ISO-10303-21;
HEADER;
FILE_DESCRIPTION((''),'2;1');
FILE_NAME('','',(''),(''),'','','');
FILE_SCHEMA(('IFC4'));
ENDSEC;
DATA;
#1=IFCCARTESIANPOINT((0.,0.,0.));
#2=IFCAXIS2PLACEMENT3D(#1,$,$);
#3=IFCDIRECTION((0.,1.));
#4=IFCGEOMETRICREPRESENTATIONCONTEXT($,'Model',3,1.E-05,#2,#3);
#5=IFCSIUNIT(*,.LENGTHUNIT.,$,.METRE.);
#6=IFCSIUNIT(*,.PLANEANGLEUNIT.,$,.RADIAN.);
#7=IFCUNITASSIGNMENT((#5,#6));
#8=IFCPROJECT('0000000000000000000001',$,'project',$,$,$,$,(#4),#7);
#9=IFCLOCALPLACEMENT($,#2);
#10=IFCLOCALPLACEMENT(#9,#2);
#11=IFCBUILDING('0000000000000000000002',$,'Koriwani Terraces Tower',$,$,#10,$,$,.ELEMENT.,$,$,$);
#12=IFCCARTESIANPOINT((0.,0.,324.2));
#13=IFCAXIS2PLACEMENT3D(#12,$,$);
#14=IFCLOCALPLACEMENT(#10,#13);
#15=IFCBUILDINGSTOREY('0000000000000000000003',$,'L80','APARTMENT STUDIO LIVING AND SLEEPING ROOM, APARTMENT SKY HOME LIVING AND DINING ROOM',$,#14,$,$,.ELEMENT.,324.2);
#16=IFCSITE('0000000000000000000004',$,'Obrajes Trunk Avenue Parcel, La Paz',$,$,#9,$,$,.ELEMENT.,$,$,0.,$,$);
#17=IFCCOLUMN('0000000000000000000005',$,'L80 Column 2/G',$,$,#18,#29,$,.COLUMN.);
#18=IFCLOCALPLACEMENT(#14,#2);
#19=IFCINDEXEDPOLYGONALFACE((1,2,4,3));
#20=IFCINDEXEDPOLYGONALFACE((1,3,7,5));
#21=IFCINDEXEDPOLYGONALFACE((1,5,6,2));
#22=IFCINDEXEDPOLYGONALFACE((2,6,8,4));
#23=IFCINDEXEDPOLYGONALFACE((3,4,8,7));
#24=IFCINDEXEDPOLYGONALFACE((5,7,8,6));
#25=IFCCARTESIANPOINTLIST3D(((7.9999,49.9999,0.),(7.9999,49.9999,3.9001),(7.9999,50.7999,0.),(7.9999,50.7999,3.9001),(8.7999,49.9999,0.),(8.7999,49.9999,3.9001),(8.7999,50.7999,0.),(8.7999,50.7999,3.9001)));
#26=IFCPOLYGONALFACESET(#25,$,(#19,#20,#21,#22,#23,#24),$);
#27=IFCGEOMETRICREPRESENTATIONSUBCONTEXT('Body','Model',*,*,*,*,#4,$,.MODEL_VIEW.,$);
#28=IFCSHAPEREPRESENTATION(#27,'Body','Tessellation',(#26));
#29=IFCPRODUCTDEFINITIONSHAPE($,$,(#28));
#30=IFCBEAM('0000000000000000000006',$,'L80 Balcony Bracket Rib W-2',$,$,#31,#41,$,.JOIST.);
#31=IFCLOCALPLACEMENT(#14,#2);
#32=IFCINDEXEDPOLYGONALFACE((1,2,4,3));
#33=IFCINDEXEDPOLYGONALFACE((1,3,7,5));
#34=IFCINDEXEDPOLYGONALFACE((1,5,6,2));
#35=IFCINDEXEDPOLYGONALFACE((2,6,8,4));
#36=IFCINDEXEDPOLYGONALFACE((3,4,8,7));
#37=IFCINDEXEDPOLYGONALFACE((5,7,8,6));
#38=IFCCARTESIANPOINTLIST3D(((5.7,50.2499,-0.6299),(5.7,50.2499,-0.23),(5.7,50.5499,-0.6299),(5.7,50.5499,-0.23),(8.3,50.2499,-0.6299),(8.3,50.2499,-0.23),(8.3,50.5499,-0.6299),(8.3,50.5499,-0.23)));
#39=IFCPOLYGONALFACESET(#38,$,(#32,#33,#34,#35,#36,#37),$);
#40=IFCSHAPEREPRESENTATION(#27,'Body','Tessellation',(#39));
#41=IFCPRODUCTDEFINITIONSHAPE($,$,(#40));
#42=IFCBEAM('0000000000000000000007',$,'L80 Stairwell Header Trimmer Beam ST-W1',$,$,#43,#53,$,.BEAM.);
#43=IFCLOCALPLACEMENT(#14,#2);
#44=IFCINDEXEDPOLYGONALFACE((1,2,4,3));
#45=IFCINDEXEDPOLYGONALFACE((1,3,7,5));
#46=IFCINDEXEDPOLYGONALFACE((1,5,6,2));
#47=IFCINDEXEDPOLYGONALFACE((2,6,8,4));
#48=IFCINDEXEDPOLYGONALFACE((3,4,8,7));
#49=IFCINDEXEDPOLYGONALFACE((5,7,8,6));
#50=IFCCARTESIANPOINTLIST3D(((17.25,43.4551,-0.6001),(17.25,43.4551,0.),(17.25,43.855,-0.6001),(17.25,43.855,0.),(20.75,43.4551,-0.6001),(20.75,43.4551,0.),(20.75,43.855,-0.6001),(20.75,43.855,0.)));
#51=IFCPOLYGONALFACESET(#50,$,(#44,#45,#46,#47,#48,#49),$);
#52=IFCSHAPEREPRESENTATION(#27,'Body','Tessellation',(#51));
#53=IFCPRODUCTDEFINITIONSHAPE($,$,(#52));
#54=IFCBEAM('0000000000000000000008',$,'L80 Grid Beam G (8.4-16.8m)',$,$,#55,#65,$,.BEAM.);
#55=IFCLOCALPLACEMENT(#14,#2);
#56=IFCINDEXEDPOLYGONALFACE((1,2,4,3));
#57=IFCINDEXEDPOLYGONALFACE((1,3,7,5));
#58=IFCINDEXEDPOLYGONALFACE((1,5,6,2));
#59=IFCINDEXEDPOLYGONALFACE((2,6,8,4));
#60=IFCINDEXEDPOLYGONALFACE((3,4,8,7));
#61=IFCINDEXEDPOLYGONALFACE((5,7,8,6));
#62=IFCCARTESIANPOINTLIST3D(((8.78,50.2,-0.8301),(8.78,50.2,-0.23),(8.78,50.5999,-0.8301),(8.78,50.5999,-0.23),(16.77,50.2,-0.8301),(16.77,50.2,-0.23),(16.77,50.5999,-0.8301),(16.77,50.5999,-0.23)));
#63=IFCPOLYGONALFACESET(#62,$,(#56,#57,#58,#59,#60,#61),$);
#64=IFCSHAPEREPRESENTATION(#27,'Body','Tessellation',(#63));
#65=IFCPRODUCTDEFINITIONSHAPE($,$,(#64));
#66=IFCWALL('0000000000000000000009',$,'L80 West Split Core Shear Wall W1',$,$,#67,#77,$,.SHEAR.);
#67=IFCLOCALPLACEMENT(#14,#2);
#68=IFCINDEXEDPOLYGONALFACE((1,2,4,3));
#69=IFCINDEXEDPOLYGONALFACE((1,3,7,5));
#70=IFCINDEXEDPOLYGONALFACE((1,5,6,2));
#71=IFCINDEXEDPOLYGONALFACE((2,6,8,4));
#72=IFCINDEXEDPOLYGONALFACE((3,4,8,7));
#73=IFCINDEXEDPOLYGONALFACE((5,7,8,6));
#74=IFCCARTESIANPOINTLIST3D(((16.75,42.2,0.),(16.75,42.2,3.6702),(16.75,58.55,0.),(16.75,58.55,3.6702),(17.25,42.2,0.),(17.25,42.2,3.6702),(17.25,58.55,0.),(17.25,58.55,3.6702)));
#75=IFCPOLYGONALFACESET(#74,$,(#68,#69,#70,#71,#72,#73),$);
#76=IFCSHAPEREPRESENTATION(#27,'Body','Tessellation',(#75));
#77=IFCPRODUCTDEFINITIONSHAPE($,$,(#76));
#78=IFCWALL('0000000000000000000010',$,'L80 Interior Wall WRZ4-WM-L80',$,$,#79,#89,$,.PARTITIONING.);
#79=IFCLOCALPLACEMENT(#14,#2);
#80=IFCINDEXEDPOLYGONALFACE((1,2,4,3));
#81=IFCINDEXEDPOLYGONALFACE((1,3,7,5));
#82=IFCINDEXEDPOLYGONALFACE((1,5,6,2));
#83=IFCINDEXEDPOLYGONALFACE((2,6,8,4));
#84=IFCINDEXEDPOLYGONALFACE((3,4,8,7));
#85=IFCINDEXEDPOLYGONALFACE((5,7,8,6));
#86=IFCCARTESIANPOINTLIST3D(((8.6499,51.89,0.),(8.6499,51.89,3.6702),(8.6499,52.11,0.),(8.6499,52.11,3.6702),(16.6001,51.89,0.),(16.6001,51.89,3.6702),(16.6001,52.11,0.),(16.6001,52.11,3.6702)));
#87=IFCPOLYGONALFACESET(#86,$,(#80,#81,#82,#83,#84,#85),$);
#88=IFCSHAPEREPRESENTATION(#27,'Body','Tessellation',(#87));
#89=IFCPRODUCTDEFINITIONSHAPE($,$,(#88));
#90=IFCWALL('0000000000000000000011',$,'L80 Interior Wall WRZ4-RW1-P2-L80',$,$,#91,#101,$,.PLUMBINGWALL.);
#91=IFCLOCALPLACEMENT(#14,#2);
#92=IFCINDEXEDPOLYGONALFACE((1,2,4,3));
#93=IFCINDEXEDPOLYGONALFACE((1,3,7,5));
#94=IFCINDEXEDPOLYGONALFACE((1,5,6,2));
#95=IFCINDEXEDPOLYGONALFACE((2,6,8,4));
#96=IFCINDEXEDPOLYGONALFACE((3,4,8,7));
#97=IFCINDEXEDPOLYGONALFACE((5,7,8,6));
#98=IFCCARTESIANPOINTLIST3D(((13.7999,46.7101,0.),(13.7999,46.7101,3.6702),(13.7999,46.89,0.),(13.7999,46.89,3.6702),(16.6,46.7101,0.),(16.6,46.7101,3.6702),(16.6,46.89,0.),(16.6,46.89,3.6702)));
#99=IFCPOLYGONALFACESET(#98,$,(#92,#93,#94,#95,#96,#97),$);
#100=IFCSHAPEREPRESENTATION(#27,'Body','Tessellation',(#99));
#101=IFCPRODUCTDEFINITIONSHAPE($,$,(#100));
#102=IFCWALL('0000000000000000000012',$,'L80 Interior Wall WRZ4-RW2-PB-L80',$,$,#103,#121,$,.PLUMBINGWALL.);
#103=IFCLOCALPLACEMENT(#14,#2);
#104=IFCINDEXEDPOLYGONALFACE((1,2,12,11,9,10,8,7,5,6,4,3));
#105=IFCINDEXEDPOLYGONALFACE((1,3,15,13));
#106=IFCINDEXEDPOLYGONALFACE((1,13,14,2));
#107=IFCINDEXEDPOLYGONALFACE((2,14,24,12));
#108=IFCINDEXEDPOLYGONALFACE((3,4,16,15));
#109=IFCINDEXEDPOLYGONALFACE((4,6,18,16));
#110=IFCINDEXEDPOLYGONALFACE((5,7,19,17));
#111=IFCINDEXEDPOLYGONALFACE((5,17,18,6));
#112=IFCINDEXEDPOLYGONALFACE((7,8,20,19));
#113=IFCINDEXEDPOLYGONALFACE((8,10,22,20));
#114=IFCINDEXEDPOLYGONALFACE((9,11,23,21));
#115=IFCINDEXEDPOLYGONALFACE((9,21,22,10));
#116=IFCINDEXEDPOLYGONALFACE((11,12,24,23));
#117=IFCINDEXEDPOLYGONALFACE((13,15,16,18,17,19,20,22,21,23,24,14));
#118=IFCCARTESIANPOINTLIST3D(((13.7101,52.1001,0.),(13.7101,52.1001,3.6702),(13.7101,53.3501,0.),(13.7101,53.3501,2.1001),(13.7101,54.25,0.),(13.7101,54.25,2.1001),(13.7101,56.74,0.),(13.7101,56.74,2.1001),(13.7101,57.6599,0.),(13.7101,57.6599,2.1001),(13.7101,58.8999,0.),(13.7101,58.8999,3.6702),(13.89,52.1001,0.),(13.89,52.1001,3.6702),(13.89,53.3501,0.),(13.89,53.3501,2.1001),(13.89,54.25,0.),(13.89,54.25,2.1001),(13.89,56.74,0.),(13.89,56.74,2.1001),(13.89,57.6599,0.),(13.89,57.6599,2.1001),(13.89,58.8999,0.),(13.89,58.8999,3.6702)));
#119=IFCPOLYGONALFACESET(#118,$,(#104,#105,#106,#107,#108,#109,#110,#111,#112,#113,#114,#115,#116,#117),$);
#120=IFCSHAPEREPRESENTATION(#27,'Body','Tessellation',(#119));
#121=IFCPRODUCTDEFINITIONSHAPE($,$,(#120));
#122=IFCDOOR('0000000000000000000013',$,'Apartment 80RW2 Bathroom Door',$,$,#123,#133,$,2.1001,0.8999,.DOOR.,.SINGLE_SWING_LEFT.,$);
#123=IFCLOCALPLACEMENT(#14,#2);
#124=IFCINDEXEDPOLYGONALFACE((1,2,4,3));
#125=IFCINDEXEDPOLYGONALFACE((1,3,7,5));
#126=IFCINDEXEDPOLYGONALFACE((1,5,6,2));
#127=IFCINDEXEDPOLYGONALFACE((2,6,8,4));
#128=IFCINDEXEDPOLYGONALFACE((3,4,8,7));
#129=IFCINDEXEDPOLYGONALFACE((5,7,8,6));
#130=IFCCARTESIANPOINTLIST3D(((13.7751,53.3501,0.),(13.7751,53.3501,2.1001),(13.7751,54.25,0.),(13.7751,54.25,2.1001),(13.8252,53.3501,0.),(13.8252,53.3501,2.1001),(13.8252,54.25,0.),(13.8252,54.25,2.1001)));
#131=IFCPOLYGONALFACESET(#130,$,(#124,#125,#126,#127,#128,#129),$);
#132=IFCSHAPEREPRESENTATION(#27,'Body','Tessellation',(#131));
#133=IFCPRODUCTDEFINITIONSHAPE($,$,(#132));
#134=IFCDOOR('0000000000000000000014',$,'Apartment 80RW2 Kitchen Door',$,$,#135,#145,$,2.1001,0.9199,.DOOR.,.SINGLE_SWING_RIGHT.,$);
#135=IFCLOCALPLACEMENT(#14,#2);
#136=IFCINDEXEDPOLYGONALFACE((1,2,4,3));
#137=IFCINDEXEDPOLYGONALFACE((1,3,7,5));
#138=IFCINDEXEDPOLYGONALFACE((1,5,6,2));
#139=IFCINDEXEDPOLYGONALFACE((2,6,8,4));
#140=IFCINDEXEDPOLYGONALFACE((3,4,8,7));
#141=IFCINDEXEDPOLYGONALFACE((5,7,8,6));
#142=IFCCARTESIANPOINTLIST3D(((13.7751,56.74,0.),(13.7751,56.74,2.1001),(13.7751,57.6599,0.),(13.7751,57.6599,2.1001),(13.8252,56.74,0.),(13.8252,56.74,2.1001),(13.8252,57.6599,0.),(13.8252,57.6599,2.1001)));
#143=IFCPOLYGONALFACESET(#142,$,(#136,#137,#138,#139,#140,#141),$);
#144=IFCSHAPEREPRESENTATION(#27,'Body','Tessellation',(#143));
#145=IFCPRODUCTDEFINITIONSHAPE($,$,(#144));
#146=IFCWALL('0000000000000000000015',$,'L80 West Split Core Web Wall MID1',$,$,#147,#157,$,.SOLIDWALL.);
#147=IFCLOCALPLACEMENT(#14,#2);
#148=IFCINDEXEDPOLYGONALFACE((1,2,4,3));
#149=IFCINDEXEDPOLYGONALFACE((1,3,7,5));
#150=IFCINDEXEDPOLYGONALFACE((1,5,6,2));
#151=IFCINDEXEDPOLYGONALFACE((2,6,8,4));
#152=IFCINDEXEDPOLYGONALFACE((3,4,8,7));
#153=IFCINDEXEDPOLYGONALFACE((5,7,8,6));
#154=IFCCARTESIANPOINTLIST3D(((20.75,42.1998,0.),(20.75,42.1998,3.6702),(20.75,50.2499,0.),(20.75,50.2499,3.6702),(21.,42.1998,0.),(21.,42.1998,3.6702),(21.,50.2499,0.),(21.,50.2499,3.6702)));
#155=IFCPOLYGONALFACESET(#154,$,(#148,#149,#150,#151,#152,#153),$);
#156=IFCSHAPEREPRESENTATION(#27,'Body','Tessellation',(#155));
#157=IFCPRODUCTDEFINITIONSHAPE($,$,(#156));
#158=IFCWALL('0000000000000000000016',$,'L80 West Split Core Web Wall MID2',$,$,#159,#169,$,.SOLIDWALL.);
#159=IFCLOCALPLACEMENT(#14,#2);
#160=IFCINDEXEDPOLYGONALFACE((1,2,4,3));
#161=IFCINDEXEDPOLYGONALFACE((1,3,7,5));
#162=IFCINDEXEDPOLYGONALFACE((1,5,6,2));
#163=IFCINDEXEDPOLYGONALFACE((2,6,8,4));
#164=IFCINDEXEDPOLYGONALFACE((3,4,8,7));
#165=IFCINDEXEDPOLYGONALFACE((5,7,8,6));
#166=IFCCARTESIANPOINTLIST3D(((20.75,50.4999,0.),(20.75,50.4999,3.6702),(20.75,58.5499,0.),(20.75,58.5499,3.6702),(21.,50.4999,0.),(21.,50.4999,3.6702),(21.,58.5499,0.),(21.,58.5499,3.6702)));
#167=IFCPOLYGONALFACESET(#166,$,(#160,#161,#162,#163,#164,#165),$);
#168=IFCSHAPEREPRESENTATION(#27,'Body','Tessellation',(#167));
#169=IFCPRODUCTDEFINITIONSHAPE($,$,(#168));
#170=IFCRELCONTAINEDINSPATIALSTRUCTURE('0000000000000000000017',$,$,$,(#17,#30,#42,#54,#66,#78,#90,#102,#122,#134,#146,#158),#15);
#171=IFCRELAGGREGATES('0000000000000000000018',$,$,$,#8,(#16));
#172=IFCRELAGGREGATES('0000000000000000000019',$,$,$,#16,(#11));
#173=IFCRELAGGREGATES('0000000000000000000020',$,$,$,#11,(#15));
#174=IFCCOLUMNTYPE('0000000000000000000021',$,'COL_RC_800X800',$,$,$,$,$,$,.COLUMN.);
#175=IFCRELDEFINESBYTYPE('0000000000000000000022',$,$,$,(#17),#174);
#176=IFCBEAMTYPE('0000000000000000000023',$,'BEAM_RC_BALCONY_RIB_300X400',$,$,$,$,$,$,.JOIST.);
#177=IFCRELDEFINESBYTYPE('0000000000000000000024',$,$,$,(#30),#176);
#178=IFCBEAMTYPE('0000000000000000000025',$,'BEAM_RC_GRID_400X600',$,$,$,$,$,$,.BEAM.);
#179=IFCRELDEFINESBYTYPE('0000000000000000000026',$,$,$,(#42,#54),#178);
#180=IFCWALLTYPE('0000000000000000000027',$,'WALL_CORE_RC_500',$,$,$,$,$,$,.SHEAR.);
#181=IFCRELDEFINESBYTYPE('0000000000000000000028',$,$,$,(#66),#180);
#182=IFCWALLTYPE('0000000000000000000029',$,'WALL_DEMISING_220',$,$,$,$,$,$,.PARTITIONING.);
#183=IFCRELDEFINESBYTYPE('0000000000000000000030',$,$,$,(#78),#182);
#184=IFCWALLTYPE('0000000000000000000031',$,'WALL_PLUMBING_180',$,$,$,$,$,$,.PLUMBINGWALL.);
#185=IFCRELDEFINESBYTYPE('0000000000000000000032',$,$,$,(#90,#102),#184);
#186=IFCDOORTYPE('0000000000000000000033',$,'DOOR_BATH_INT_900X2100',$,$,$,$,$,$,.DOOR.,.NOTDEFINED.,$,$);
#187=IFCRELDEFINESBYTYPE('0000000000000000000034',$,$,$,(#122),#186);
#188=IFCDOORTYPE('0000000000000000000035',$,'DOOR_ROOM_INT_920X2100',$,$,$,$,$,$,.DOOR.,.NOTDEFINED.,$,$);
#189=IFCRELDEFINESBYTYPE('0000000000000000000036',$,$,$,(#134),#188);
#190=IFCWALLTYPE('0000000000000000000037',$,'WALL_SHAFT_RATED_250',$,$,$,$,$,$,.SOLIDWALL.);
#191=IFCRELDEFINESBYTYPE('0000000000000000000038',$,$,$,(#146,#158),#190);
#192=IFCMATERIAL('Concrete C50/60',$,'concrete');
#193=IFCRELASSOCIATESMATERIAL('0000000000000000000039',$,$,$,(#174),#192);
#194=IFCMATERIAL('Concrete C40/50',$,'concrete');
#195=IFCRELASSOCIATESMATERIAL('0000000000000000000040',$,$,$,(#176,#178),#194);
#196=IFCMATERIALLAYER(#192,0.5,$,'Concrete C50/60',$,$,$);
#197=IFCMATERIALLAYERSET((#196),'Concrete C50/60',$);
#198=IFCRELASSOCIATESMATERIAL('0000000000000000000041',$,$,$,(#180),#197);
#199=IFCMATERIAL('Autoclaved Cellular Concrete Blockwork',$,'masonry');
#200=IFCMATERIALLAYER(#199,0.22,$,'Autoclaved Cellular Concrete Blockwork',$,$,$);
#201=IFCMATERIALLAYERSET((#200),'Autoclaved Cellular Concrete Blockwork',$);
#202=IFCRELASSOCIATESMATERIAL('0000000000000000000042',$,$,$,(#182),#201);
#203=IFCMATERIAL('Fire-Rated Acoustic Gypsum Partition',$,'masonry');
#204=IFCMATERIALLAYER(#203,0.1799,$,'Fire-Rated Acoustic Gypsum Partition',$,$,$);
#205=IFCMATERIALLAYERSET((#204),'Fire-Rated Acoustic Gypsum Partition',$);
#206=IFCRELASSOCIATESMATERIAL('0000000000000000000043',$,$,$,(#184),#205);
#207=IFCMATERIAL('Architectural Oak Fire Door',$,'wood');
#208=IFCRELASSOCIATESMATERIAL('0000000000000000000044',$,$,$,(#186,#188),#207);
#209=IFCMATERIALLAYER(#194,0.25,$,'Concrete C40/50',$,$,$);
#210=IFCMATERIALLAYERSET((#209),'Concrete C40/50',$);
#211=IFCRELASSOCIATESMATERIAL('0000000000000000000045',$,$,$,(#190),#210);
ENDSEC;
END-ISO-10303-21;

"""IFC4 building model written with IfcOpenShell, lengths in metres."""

from ifc_helpers import new_model, si_unit, direction, frame, frame_2d, origin, origin_2d, place, context, subcontext, project, spatial, rectangle, extrude, material, layer, layer_set, material_profile, profile_set, type_object, element, fill, save


model = new_model("IFC4")

# Units and contexts
model_context = context("Model", 3, precision=1e-05, world=origin(), true_north=direction((0.0, 1.0)))
body_context = subcontext(model_context, "Body", "Model", "MODEL_VIEW")
ifc_project = project(units=[si_unit("LENGTHUNIT", "METRE"), si_unit("PLANEANGLEUNIT", "RADIAN")], contexts=[model_context])

# Site, building, storey
site_placement = place(None, origin())
site = spatial("IfcSite", under=ifc_project, at=site_placement, Name="Obrajes Trunk Avenue Parcel, La Paz", CompositionType="ELEMENT", RefElevation=0.0)
building_placement = place(site_placement, origin())
building = spatial("IfcBuilding", under=site, at=building_placement, Name="Koriwani Terraces Tower", CompositionType="ELEMENT")
storey_placement = place(building_placement, frame((0.0, 0.0, 324.2)))
storey = spatial("IfcBuildingStorey", under=building, at=storey_placement, Name="L80", Description="APARTMENT STUDIO LIVING AND SLEEPING ROOM, APARTMENT SKY HOME LIVING AND DINING ROOM", CompositionType="ELEMENT", Elevation=324.2)

# Column
ifc_material_1 = material(Name="Concrete C50/60", Category="concrete")
ifc_material_profile_1 = material_profile(ifc_material_1, rectangle(XDim=0.8, YDim=0.8, at=origin_2d()), Name="Concrete C50/60", Category="LoadBearing")
ifc_profile_set_1 = profile_set([ifc_material_profile_1], Name="Concrete C50/60")
column_type = type_object("IfcColumnType", Name="COL_RC_800X800", PredefinedType="COLUMN", material=ifc_profile_set_1)
column_placement = place(storey_placement, frame((8.3999, 50.3999, 0.0), z_axis=(0.0, 0.0, 1.0), x_axis=(1.0, 0.0, 0.0)))
element("IfcColumn", 1, at=column_placement, inside=storey, type_object=column_type, Name="L80 Column 2/G", PredefinedType="COLUMN", context=body_context, shape_type="SweptSolid", body=[
    extrude(rectangle(XDim=0.8, YDim=0.8, at=origin_2d()), origin(), (0.0, 0.0, 1.0), 3.9001),
])

# Beams
ifc_material_2 = material(Name="Concrete C40/50", Category="concrete")
ifc_material_profile_2 = material_profile(ifc_material_2, rectangle(XDim=0.3, YDim=0.3999, at=origin_2d()), Name="Concrete C40/50", Category="LoadBearing")
ifc_profile_set_2 = profile_set([ifc_material_profile_2], Name="Concrete C40/50")
beam_type_1 = type_object("IfcBeamType", Name="BEAM_RC_BALCONY_RIB_300X400", PredefinedType="JOIST", material=ifc_profile_set_2)
beam_1_placement = place(storey_placement, frame((5.7, 50.3999, -0.4299), z_axis=(1.0, 0.0, 0.0), x_axis=(0.0, 1.0, 0.0)))
element("IfcBeam", 2, at=beam_1_placement, inside=storey, type_object=beam_type_1, Name="L80 Balcony Bracket Rib W-2", PredefinedType="JOIST", context=body_context, shape_type="SweptSolid", body=[
    extrude(rectangle(XDim=0.3, YDim=0.3999, at=origin_2d()), origin(), (0.0, 0.0, 1.0), 2.6001),
])
ifc_material_profile_3 = material_profile(ifc_material_2, rectangle(XDim=0.3999, YDim=0.6001, at=origin_2d()), Name="Concrete C40/50", Category="LoadBearing")
ifc_profile_set_3 = profile_set([ifc_material_profile_3], Name="Concrete C40/50")
beam_type_2 = type_object("IfcBeamType", Name="BEAM_RC_GRID_400X600", PredefinedType="BEAM", material=ifc_profile_set_3)
beam_2_placement = place(storey_placement, frame((17.25, 43.655, -0.3), z_axis=(1.0, 0.0, 0.0), x_axis=(0.0, 1.0, 0.0)))
element("IfcBeam", 3, at=beam_2_placement, inside=storey, type_object=beam_type_2, Name="L80 Stairwell Header Trimmer Beam ST-W1", PredefinedType="BEAM", context=body_context, shape_type="SweptSolid", body=[
    extrude(rectangle(XDim=0.3999, YDim=0.6001, at=origin_2d()), origin(), (0.0, 0.0, 1.0), 3.5),
])
beam_3_placement = place(storey_placement, frame((8.78, 50.3999, -0.53), z_axis=(1.0, 0.0, 0.0), x_axis=(0.0, 1.0, 0.0)))
element("IfcBeam", 4, at=beam_3_placement, inside=storey, type_object=beam_type_2, Name="L80 Grid Beam G (8.4-16.8m)", PredefinedType="BEAM", context=body_context, shape_type="SweptSolid", body=[
    extrude(rectangle(XDim=0.3999, YDim=0.6001, at=origin_2d()), origin(), (0.0, 0.0, 1.0), 7.99),
])

# Walls
ifc_layer_1 = layer(ifc_material_1, 0.5, Name="Concrete C50/60")
ifc_layer_set_1 = layer_set([ifc_layer_1], Name="Concrete C50/60")
wall_type_1 = type_object("IfcWallType", Name="WALL_CORE_RC_500", PredefinedType="SHEAR", material=ifc_layer_set_1)
wall_1_placement = place(storey_placement, frame((17.0, 42.2, 0.0), z_axis=(0.0, 0.0, 1.0), x_axis=(0.0, 1.0, 0.0)))
element("IfcWall", 5, at=wall_1_placement, inside=storey, type_object=wall_type_1, Name="L80 West Split Core Shear Wall W1", PredefinedType="SHEAR", context=body_context, shape_type="SweptSolid", body=[
    extrude(rectangle(XDim=16.3501, YDim=0.5, at=frame_2d((8.175, 0.0))), origin(), (0.0, 0.0, 1.0), 3.6702),
])
ifc_material_3 = material(Name="Autoclaved Cellular Concrete Blockwork", Category="masonry")
ifc_layer_2 = layer(ifc_material_3, 0.22, Name="Autoclaved Cellular Concrete Blockwork")
ifc_layer_set_2 = layer_set([ifc_layer_2], Name="Autoclaved Cellular Concrete Blockwork")
wall_type_2 = type_object("IfcWallType", Name="WALL_DEMISING_220", PredefinedType="PARTITIONING", material=ifc_layer_set_2)
wall_2_placement = place(storey_placement, frame((8.6499, 52.0, 0.0), z_axis=(0.0, 0.0, 1.0), x_axis=(1.0, 0.0, 0.0)))
element("IfcWall", 6, at=wall_2_placement, inside=storey, type_object=wall_type_2, Name="L80 Interior Wall WRZ4-WM-L80", PredefinedType="PARTITIONING", context=body_context, shape_type="SweptSolid", body=[
    extrude(rectangle(XDim=7.9502, YDim=0.22, at=frame_2d((3.9751, 0.0))), origin(), (0.0, 0.0, 1.0), 3.6702),
])
ifc_material_4 = material(Name="Fire-Rated Acoustic Gypsum Partition", Category="masonry")
ifc_layer_3 = layer(ifc_material_4, 0.1799, Name="Fire-Rated Acoustic Gypsum Partition")
ifc_layer_set_3 = layer_set([ifc_layer_3], Name="Fire-Rated Acoustic Gypsum Partition")
wall_type_3 = type_object("IfcWallType", Name="WALL_PLUMBING_180", PredefinedType="PLUMBINGWALL", material=ifc_layer_set_3)
wall_3_placement = place(storey_placement, frame((13.8, 46.8, 0.0), z_axis=(0.0, 0.0, 1.0), x_axis=(1.0, 0.0, 0.0)))
element("IfcWall", 7, at=wall_3_placement, inside=storey, type_object=wall_type_3, Name="L80 Interior Wall WRZ4-RW1-P2-L80", PredefinedType="PLUMBINGWALL", context=body_context, shape_type="SweptSolid", body=[
    extrude(rectangle(XDim=2.8, YDim=0.1799, at=frame_2d((1.3999, 0.0))), origin(), (0.0, 0.0, 1.0), 3.6702),
])

# Wall, openings, doors
wall_4_placement = place(storey_placement, frame((13.8, 52.1001, 0.0), z_axis=(0.0, 0.0, 1.0), x_axis=(0.0, 1.0, 0.0)))
wall_4 = element("IfcWall", 8, at=wall_4_placement, inside=storey, type_object=wall_type_3, Name="L80 Interior Wall WRZ4-RW2-PB-L80", PredefinedType="PLUMBINGWALL", context=body_context, shape_type="SweptSolid", body=[
    extrude(rectangle(XDim=6.7998, YDim=0.1799, at=frame_2d((3.3999, 0.0))), origin(), (0.0, 0.0, 1.0), 3.6702),
])
opening_1_placement = place(wall_4_placement, frame((1.25, 0.0, 0.0)))
opening_1 = element("IfcOpeningElement", 9, at=opening_1_placement, cuts=wall_4, PredefinedType="OPENING", context=body_context, shape_type="SweptSolid", body=[
    extrude(rectangle(XDim=0.8999, YDim=2.1001, at=frame_2d((0.45, 1.05))), frame((0.0, 0.1001, 0.0), z_axis=(0.0, -1.0, 0.0), x_axis=(1.0, 0.0, 0.0)), (0.0, 0.0, 1.0), 0.2),
])
opening_2_placement = place(wall_4_placement, frame((4.6399, 0.0, 0.0)))
opening_2 = element("IfcOpeningElement", 10, at=opening_2_placement, cuts=wall_4, PredefinedType="OPENING", context=body_context, shape_type="SweptSolid", body=[
    extrude(rectangle(XDim=0.9199, YDim=2.1001, at=frame_2d((0.46, 1.05))), frame((0.0, 0.1001, 0.0), z_axis=(0.0, -1.0, 0.0), x_axis=(1.0, 0.0, 0.0)), (0.0, 0.0, 1.0), 0.2),
])
ifc_material_5 = material(Name="Architectural Oak Fire Door", Category="wood")
door_type_1 = type_object("IfcDoorType", Name="DOOR_BATH_INT_900X2100", OperationType="NOTDEFINED", PredefinedType="DOOR", material=ifc_material_5)
door_1_placement = place(opening_1_placement, origin())
door_1 = element("IfcDoor", 11, at=door_1_placement, inside=storey, type_object=door_type_1, Name="Apartment 80RW2 Bathroom Door", OperationType="SINGLE_SWING_LEFT", OverallHeight=2.1001, OverallWidth=0.8999, PredefinedType="DOOR", context=body_context, shape_type="SweptSolid", body=[
    extrude(rectangle(XDim=0.8999, YDim=2.1001, at=frame_2d((0.45, 1.05))), frame((0.0, 0.0249, 0.0), z_axis=(0.0, -1.0, 0.0), x_axis=(1.0, 0.0, 0.0)), (0.0, 0.0, 1.0), 0.05),
])
fill(opening_1, door_1)
door_type_2 = type_object("IfcDoorType", Name="DOOR_ROOM_INT_920X2100", OperationType="NOTDEFINED", PredefinedType="DOOR", material=ifc_material_5)
door_2_placement = place(opening_2_placement, origin())
door_2 = element("IfcDoor", 12, at=door_2_placement, inside=storey, type_object=door_type_2, Name="Apartment 80RW2 Kitchen Door", OperationType="SINGLE_SWING_RIGHT", OverallHeight=2.1001, OverallWidth=0.9199, PredefinedType="DOOR", context=body_context, shape_type="SweptSolid", body=[
    extrude(rectangle(XDim=0.9199, YDim=2.1001, at=frame_2d((0.46, 1.05))), frame((0.0, 0.0249, 0.0), z_axis=(0.0, -1.0, 0.0), x_axis=(1.0, 0.0, 0.0)), (0.0, 0.0, 1.0), 0.05),
])
fill(opening_2, door_2)

# Walls
ifc_layer_4 = layer(ifc_material_2, 0.25, Name="Concrete C40/50")
ifc_layer_set_4 = layer_set([ifc_layer_4], Name="Concrete C40/50")
wall_type_4 = type_object("IfcWallType", Name="WALL_SHAFT_RATED_250", PredefinedType="SOLIDWALL", material=ifc_layer_set_4)
for number, where, z_axis, x_axis, name in (
    (13, (20.875, 42.2, 0.0), (0.0, 0.0, 1.0), (0.0, 1.0, 0.0), "L80 West Split Core Web Wall MID1"),
    (14, (20.875, 50.5, 0.0), (0.0, 0.0, 1.0), (0.0, 1.0, 0.0), "L80 West Split Core Web Wall MID2"),
):
    element("IfcWall", number, at=place(storey_placement, frame(where, z_axis=z_axis, x_axis=x_axis)), inside=storey, type_object=wall_type_4, Name=name, PredefinedType="SOLIDWALL", context=body_context, shape_type="SweptSolid", body=[
        extrude(rectangle(XDim=8.05, YDim=0.25, at=frame_2d((4.0249, 0.0))), origin(), (0.0, 0.0, 1.0), 3.6702),
    ])

save(model, "model.ifc")
